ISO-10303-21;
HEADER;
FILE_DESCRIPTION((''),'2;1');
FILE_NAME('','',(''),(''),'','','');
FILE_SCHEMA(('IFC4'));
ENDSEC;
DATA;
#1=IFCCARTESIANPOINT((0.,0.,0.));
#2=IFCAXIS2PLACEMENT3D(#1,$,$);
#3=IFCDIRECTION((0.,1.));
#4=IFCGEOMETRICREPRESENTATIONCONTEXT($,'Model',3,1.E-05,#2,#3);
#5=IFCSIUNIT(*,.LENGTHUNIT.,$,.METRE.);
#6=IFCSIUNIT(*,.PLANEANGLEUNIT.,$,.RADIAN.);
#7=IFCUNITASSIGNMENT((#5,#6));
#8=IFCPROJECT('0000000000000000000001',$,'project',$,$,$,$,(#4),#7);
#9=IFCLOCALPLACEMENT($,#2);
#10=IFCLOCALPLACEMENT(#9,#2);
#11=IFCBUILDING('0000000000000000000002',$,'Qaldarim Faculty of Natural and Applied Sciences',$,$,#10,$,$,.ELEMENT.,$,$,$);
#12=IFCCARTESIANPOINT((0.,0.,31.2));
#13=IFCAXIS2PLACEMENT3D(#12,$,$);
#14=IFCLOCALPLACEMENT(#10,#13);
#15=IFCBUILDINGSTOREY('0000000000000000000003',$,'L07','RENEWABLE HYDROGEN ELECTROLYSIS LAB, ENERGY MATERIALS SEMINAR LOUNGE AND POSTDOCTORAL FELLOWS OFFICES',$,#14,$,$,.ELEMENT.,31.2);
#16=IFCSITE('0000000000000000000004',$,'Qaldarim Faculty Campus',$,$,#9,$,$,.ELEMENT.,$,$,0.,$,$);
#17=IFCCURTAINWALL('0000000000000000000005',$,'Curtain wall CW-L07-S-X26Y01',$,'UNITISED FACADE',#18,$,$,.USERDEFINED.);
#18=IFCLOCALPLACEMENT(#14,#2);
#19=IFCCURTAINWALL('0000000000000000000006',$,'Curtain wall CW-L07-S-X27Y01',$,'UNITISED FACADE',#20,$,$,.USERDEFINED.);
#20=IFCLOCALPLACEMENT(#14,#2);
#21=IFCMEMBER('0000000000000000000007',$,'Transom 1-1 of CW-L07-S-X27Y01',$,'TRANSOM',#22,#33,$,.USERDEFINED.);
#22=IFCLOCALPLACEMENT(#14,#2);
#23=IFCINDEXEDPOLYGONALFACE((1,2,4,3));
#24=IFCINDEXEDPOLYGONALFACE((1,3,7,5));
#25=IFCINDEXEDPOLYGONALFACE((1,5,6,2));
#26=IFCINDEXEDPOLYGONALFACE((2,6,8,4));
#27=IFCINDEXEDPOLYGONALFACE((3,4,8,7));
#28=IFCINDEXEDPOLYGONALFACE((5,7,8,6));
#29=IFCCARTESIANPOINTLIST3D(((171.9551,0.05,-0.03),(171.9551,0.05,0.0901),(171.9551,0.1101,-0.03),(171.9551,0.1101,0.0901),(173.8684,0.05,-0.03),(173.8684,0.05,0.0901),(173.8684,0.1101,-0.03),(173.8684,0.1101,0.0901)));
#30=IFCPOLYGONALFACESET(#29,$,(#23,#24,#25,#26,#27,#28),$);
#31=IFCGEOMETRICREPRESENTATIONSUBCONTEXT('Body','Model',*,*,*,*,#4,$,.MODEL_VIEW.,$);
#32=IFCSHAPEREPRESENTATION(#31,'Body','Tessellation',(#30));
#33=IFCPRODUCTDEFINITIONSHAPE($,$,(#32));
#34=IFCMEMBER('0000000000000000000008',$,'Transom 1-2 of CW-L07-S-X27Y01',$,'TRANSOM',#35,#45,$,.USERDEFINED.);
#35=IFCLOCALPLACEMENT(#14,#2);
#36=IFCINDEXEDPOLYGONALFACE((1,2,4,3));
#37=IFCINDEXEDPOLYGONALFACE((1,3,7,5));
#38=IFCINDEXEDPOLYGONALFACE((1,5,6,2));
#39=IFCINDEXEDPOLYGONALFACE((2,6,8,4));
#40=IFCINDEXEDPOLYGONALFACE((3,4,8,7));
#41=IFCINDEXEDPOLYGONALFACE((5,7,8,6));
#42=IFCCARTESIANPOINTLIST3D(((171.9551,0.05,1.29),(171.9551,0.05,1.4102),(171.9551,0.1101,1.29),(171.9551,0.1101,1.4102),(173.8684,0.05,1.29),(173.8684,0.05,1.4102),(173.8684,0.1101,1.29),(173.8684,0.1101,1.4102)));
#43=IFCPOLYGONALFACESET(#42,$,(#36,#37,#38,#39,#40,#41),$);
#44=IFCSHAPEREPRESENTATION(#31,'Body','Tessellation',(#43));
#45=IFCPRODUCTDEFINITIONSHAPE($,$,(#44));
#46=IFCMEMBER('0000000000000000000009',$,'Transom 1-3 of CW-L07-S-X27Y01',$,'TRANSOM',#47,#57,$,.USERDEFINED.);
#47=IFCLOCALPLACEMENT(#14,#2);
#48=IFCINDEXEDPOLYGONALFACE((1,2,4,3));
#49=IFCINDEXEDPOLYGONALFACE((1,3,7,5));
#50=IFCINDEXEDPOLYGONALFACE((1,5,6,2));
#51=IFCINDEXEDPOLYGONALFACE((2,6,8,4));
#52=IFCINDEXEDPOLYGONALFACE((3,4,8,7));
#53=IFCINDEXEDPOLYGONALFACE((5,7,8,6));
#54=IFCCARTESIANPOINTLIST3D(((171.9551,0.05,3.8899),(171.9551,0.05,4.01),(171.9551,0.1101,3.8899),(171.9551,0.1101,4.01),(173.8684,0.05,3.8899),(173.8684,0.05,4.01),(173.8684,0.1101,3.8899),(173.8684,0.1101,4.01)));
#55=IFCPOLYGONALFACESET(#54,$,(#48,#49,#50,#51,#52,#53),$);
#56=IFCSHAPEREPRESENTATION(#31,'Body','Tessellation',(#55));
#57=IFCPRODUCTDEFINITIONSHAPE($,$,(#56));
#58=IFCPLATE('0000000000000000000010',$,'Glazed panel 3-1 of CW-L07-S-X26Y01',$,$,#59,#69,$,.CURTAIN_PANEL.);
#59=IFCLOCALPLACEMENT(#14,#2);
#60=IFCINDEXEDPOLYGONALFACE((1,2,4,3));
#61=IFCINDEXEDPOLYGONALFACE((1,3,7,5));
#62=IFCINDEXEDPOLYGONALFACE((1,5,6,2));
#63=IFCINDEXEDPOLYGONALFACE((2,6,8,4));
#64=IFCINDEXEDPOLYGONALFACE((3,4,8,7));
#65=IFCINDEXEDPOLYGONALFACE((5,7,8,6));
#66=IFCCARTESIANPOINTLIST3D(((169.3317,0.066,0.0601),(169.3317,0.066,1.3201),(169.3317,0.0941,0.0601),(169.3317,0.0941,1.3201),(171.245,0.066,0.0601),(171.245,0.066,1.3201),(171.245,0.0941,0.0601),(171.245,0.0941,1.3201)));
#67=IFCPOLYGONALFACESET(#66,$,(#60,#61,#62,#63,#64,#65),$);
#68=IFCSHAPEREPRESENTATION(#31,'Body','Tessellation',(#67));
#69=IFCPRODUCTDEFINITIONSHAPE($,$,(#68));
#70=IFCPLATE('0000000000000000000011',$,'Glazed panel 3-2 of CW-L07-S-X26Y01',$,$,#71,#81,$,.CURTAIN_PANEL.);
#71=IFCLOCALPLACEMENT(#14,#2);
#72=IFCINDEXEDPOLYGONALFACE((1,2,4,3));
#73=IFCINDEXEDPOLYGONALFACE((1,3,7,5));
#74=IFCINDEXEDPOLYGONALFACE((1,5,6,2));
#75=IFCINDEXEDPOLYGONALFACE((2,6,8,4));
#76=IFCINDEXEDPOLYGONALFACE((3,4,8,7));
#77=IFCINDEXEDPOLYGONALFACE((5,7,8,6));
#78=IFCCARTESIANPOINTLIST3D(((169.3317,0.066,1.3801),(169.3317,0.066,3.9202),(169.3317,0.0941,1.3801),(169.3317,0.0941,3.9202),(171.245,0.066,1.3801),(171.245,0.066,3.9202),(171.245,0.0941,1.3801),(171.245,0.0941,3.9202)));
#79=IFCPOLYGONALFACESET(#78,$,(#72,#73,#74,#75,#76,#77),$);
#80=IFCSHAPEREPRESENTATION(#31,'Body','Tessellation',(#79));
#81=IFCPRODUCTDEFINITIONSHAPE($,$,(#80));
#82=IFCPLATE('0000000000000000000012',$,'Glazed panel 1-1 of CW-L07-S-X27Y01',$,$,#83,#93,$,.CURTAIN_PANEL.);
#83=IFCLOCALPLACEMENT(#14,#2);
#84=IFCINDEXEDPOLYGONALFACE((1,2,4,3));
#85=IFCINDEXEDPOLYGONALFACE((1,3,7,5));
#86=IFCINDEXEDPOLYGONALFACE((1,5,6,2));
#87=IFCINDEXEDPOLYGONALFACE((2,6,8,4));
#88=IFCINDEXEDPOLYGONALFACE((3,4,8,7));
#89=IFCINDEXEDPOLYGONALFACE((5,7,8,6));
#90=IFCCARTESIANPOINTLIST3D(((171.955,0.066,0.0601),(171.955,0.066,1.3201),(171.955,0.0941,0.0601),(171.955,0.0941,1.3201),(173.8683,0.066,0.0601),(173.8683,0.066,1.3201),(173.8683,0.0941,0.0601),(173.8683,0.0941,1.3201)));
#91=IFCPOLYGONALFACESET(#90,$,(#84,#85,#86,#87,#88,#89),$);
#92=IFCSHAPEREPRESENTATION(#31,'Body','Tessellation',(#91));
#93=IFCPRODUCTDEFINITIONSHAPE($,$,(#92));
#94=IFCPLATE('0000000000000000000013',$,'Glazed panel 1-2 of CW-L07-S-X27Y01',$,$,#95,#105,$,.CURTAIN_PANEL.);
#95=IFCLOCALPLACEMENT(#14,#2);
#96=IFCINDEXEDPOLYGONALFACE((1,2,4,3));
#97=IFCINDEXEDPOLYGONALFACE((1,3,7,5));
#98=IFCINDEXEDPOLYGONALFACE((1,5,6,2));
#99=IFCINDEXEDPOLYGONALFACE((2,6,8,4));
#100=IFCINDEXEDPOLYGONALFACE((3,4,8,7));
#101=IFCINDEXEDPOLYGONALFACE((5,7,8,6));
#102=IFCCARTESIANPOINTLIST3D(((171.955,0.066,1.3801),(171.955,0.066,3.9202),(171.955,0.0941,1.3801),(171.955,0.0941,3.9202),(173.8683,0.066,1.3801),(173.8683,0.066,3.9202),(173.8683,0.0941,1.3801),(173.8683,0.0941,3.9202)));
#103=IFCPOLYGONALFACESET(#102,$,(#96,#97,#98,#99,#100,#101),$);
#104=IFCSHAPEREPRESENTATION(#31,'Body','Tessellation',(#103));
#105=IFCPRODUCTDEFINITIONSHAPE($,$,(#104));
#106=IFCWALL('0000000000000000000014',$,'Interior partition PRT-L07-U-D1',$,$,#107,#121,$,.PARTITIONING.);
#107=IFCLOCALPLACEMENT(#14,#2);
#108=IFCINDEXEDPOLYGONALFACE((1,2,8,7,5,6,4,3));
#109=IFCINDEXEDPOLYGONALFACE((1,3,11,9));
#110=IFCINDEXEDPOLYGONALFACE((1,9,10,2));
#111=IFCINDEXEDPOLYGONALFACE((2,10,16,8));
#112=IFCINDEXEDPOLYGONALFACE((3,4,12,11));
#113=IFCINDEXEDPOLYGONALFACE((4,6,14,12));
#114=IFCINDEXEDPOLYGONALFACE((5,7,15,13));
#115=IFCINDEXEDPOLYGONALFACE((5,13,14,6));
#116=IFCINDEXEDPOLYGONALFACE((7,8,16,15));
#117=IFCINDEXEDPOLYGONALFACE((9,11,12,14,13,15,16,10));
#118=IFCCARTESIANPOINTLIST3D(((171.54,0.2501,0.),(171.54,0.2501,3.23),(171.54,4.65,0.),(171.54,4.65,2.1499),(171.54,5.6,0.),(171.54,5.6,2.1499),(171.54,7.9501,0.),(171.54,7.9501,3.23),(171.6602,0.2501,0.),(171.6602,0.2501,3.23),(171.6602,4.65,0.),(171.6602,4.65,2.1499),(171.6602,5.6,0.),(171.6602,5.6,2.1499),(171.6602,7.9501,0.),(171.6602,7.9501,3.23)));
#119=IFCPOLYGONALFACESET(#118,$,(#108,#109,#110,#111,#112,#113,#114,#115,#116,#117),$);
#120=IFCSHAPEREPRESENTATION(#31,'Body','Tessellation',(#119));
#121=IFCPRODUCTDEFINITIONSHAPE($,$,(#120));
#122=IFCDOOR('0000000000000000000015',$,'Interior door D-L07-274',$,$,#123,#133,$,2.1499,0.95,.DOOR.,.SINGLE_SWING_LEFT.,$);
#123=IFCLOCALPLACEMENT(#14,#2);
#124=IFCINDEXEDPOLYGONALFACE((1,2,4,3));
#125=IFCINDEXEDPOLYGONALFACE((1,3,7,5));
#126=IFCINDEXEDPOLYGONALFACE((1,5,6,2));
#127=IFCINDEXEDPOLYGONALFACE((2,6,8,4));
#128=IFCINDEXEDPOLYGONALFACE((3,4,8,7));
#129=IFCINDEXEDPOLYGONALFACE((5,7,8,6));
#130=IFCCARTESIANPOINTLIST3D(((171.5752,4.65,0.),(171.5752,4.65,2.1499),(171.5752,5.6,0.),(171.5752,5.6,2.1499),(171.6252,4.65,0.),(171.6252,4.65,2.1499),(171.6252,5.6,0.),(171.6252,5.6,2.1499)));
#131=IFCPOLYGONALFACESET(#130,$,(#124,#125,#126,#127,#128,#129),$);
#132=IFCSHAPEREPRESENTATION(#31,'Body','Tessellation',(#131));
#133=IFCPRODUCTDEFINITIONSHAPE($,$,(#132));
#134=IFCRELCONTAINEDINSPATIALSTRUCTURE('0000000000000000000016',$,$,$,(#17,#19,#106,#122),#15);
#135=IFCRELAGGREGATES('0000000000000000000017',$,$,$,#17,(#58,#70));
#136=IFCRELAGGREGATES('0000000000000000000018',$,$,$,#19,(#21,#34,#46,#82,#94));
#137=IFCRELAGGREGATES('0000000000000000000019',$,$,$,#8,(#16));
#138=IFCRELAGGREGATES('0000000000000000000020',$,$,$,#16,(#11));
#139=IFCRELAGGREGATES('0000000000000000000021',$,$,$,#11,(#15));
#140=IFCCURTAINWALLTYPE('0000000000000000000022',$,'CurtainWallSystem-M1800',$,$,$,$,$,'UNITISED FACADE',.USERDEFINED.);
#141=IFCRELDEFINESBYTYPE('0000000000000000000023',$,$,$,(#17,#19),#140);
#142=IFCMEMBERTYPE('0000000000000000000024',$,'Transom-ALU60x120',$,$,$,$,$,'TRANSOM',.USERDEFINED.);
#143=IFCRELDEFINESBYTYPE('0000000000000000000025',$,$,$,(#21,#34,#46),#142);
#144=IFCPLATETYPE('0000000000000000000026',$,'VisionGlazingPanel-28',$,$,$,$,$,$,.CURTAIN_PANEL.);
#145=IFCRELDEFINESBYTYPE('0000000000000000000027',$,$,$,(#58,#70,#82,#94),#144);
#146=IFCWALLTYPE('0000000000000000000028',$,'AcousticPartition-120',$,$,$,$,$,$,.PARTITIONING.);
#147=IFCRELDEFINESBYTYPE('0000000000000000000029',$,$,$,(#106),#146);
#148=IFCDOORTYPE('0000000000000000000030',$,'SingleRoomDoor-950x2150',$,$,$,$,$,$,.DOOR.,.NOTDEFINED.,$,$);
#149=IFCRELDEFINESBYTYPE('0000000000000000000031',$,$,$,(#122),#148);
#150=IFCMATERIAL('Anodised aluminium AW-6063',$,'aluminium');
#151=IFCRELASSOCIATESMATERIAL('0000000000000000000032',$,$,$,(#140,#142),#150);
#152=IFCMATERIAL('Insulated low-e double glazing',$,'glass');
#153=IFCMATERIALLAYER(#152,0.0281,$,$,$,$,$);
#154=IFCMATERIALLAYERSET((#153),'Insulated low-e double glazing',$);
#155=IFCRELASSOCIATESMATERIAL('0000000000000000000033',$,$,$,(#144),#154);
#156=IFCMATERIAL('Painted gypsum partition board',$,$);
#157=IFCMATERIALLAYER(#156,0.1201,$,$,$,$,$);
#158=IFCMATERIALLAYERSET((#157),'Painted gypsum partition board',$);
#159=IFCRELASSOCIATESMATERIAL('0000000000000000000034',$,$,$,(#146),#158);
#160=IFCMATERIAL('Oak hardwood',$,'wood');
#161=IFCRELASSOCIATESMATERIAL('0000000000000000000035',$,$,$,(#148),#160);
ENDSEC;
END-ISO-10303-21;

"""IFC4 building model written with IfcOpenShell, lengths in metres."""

from ifc_helpers import new_model, si_unit, direction, frame, frame_2d, origin, origin_2d, place, context, subcontext, project, spatial, rectangle, extrude, material, layer, layer_set, material_profile, profile_set, type_object, element, fill, aggregate, save


model = new_model("IFC4")

# Units and contexts
model_context = context("Model", 3, precision=1e-05, world=origin(), true_north=direction((0.0, 1.0)))
body_context = subcontext(model_context, "Body", "Model", "MODEL_VIEW")
ifc_project = project(units=[si_unit("LENGTHUNIT", "METRE"), si_unit("PLANEANGLEUNIT", "RADIAN")], contexts=[model_context])

# Site, building, storey
site_placement = place(None, origin())
site = spatial("IfcSite", under=ifc_project, at=site_placement, Name="Qaldarim Faculty Campus", CompositionType="ELEMENT", RefElevation=0.0)
building_placement = place(site_placement, origin())
building = spatial("IfcBuilding", under=site, at=building_placement, Name="Qaldarim Faculty of Natural and Applied Sciences", CompositionType="ELEMENT")
storey_placement = place(building_placement, frame((0.0, 0.0, 31.2)))
storey = spatial("IfcBuildingStorey", under=building, at=storey_placement, Name="L07", Description="RENEWABLE HYDROGEN ELECTROLYSIS LAB, ENERGY MATERIALS SEMINAR LOUNGE AND POSTDOCTORAL FELLOWS OFFICES", CompositionType="ELEMENT", Elevation=31.2)

# Curtain walls
ifc_material_1 = material(Name="Anodised aluminium AW-6063", Category="aluminium")
curtain_wall_type = type_object("IfcCurtainWallType", Name="CurtainWallSystem-M1800", ElementType="UNITISED FACADE", PredefinedType="USERDEFINED", material=ifc_material_1)
curtain_wall_1_placement = place(storey_placement, origin())
curtain_wall_1 = element("IfcCurtainWall", 1, at=curtain_wall_1_placement, inside=storey, type_object=curtain_wall_type, Name="Curtain wall CW-L07-S-X26Y01", ObjectType="UNITISED FACADE", PredefinedType="USERDEFINED")
curtain_wall_2_placement = place(storey_placement, origin())
curtain_wall_2 = element("IfcCurtainWall", 2, at=curtain_wall_2_placement, inside=storey, type_object=curtain_wall_type, Name="Curtain wall CW-L07-S-X27Y01", ObjectType="UNITISED FACADE", PredefinedType="USERDEFINED")

# Members
ifc_material_profile_1 = material_profile(ifc_material_1, rectangle(XDim=0.0601, YDim=0.1201, at=origin_2d()), Name="ALU-T60x120")
ifc_profile_set_1 = profile_set([ifc_material_profile_1], Name="Anodised aluminium AW-6063")
member_type_1 = type_object("IfcMemberType", Name="Transom-ALU60x120", ElementType="TRANSOM", PredefinedType="USERDEFINED", material=ifc_profile_set_1)
member_1_placement = place(storey_placement, frame((171.9551, 0.0801, 0.03), z_axis=(1.0, 0.0, 0.0), x_axis=(0.0, 1.0, 0.0)))
member_1 = element("IfcMember", 3, at=member_1_placement, type_object=member_type_1, Name="Transom 1-1 of CW-L07-S-X27Y01", ObjectType="TRANSOM", PredefinedType="USERDEFINED", context=body_context, shape_type="SweptSolid", body=[
    extrude(rectangle(XDim=0.0601, YDim=0.1201, at=origin_2d()), origin(), (0.0, 0.0, 1.0), 1.9133),
])
member_2_placement = place(storey_placement, frame((171.9551, 0.0801, 1.3501), z_axis=(1.0, 0.0, 0.0), x_axis=(0.0, 1.0, 0.0)))
member_2 = element("IfcMember", 4, at=member_2_placement, type_object=member_type_1, Name="Transom 1-2 of CW-L07-S-X27Y01", ObjectType="TRANSOM", PredefinedType="USERDEFINED", context=body_context, shape_type="SweptSolid", body=[
    extrude(rectangle(XDim=0.0601, YDim=0.1201, at=origin_2d()), origin(), (0.0, 0.0, 1.0), 1.9133),
])
member_3_placement = place(storey_placement, frame((171.9551, 0.0801, 3.95), z_axis=(1.0, 0.0, 0.0), x_axis=(0.0, 1.0, 0.0)))
member_3 = element("IfcMember", 5, at=member_3_placement, type_object=member_type_1, Name="Transom 1-3 of CW-L07-S-X27Y01", ObjectType="TRANSOM", PredefinedType="USERDEFINED", context=body_context, shape_type="SweptSolid", body=[
    extrude(rectangle(XDim=0.0601, YDim=0.1201, at=origin_2d()), origin(), (0.0, 0.0, 1.0), 1.9133),
])

# Plates
ifc_material_2 = material(Name="Insulated low-e double glazing", Category="glass")
ifc_layer_1 = layer(ifc_material_2, 0.0281)
ifc_layer_set_1 = layer_set([ifc_layer_1], Name="Insulated low-e double glazing")
plate_type = type_object("IfcPlateType", Name="VisionGlazingPanel-28", PredefinedType="CURTAIN_PANEL", material=ifc_layer_set_1)
plate_1_placement = place(storey_placement, frame((170.2883, 0.0801, 0.0601), z_axis=(0.0, 0.0, 1.0), x_axis=(1.0, 0.0, 0.0)))
plate_1 = element("IfcPlate", 6, at=plate_1_placement, type_object=plate_type, Name="Glazed panel 3-1 of CW-L07-S-X26Y01", PredefinedType="CURTAIN_PANEL", context=body_context, shape_type="SweptSolid", body=[
    extrude(rectangle(XDim=1.9133, YDim=0.0281, at=origin_2d()), origin(), (0.0, 0.0, 1.0), 1.26),
])
plate_2_placement = place(storey_placement, frame((170.2883, 0.0801, 1.3801), z_axis=(0.0, 0.0, 1.0), x_axis=(1.0, 0.0, 0.0)))
plate_2 = element("IfcPlate", 7, at=plate_2_placement, type_object=plate_type, Name="Glazed panel 3-2 of CW-L07-S-X26Y01", PredefinedType="CURTAIN_PANEL", context=body_context, shape_type="SweptSolid", body=[
    extrude(rectangle(XDim=1.9133, YDim=0.0281, at=origin_2d()), origin(), (0.0, 0.0, 1.0), 2.54),
])
aggregate(curtain_wall_1, [plate_1, plate_2])
plate_3_placement = place(storey_placement, frame((172.9116, 0.0801, 0.0601), z_axis=(0.0, 0.0, 1.0), x_axis=(1.0, 0.0, 0.0)))
plate_3 = element("IfcPlate", 8, at=plate_3_placement, type_object=plate_type, Name="Glazed panel 1-1 of CW-L07-S-X27Y01", PredefinedType="CURTAIN_PANEL", context=body_context, shape_type="SweptSolid", body=[
    extrude(rectangle(XDim=1.9133, YDim=0.0281, at=origin_2d()), origin(), (0.0, 0.0, 1.0), 1.26),
])
plate_4_placement = place(storey_placement, frame((172.9116, 0.0801, 1.3801), z_axis=(0.0, 0.0, 1.0), x_axis=(1.0, 0.0, 0.0)))
plate_4 = element("IfcPlate", 9, at=plate_4_placement, type_object=plate_type, Name="Glazed panel 1-2 of CW-L07-S-X27Y01", PredefinedType="CURTAIN_PANEL", context=body_context, shape_type="SweptSolid", body=[
    extrude(rectangle(XDim=1.9133, YDim=0.0281, at=origin_2d()), origin(), (0.0, 0.0, 1.0), 2.54),
])
aggregate(curtain_wall_2, [member_1, member_2, member_3, plate_3, plate_4])

# Wall, opening, door
ifc_material_3 = material(Name="Painted gypsum partition board")
ifc_layer_2 = layer(ifc_material_3, 0.1201)
ifc_layer_set_2 = layer_set([ifc_layer_2], Name="Painted gypsum partition board")
wall_type = type_object("IfcWallType", Name="AcousticPartition-120", PredefinedType="PARTITIONING", material=ifc_layer_set_2)
wall_placement = place(storey_placement, frame((171.6001, 0.25, 0.0), z_axis=(0.0, 0.0, 1.0), x_axis=(0.0, 1.0, 0.0)))
wall = element("IfcWall", 10, at=wall_placement, inside=storey, type_object=wall_type, Name="Interior partition PRT-L07-U-D1", PredefinedType="PARTITIONING", context=body_context, shape_type="SweptSolid", body=[
    extrude(rectangle(XDim=7.7, YDim=0.1201, at=frame_2d((3.8501, 0.0))), origin(), (0.0, 0.0, 1.0), 3.23),
])
opening_placement = place(wall_placement, frame((4.3999, 0.0, 0.0)))
opening = element("IfcOpeningElement", 11, at=opening_placement, cuts=wall, PredefinedType="OPENING", context=body_context, shape_type="SweptSolid", body=[
    extrude(rectangle(XDim=0.95, YDim=2.1499, at=frame_2d((0.4751, 1.075))), frame((0.0, 0.0701, 0.0), z_axis=(0.0, -1.0, 0.0), x_axis=(1.0, 0.0, 0.0)), (0.0, 0.0, 1.0), 0.1401),
])
ifc_material_4 = material(Name="Oak hardwood", Category="wood")
door_type = type_object("IfcDoorType", Name="SingleRoomDoor-950x2150", OperationType="NOTDEFINED", PredefinedType="DOOR", material=ifc_material_4)
door_placement = place(opening_placement, origin())
door = element("IfcDoor", 12, at=door_placement, inside=storey, type_object=door_type, Name="Interior door D-L07-274", OperationType="SINGLE_SWING_LEFT", OverallHeight=2.1499, OverallWidth=0.95, PredefinedType="DOOR", context=body_context, shape_type="SweptSolid", body=[
    extrude(rectangle(XDim=0.95, YDim=2.1499, at=frame_2d((0.4751, 1.075))), frame((0.0, 0.0249, 0.0), z_axis=(0.0, -1.0, 0.0), x_axis=(1.0, 0.0, 0.0)), (0.0, 0.0, 1.0), 0.05),
])
fill(opening, door)

save(model, "model.ifc")
